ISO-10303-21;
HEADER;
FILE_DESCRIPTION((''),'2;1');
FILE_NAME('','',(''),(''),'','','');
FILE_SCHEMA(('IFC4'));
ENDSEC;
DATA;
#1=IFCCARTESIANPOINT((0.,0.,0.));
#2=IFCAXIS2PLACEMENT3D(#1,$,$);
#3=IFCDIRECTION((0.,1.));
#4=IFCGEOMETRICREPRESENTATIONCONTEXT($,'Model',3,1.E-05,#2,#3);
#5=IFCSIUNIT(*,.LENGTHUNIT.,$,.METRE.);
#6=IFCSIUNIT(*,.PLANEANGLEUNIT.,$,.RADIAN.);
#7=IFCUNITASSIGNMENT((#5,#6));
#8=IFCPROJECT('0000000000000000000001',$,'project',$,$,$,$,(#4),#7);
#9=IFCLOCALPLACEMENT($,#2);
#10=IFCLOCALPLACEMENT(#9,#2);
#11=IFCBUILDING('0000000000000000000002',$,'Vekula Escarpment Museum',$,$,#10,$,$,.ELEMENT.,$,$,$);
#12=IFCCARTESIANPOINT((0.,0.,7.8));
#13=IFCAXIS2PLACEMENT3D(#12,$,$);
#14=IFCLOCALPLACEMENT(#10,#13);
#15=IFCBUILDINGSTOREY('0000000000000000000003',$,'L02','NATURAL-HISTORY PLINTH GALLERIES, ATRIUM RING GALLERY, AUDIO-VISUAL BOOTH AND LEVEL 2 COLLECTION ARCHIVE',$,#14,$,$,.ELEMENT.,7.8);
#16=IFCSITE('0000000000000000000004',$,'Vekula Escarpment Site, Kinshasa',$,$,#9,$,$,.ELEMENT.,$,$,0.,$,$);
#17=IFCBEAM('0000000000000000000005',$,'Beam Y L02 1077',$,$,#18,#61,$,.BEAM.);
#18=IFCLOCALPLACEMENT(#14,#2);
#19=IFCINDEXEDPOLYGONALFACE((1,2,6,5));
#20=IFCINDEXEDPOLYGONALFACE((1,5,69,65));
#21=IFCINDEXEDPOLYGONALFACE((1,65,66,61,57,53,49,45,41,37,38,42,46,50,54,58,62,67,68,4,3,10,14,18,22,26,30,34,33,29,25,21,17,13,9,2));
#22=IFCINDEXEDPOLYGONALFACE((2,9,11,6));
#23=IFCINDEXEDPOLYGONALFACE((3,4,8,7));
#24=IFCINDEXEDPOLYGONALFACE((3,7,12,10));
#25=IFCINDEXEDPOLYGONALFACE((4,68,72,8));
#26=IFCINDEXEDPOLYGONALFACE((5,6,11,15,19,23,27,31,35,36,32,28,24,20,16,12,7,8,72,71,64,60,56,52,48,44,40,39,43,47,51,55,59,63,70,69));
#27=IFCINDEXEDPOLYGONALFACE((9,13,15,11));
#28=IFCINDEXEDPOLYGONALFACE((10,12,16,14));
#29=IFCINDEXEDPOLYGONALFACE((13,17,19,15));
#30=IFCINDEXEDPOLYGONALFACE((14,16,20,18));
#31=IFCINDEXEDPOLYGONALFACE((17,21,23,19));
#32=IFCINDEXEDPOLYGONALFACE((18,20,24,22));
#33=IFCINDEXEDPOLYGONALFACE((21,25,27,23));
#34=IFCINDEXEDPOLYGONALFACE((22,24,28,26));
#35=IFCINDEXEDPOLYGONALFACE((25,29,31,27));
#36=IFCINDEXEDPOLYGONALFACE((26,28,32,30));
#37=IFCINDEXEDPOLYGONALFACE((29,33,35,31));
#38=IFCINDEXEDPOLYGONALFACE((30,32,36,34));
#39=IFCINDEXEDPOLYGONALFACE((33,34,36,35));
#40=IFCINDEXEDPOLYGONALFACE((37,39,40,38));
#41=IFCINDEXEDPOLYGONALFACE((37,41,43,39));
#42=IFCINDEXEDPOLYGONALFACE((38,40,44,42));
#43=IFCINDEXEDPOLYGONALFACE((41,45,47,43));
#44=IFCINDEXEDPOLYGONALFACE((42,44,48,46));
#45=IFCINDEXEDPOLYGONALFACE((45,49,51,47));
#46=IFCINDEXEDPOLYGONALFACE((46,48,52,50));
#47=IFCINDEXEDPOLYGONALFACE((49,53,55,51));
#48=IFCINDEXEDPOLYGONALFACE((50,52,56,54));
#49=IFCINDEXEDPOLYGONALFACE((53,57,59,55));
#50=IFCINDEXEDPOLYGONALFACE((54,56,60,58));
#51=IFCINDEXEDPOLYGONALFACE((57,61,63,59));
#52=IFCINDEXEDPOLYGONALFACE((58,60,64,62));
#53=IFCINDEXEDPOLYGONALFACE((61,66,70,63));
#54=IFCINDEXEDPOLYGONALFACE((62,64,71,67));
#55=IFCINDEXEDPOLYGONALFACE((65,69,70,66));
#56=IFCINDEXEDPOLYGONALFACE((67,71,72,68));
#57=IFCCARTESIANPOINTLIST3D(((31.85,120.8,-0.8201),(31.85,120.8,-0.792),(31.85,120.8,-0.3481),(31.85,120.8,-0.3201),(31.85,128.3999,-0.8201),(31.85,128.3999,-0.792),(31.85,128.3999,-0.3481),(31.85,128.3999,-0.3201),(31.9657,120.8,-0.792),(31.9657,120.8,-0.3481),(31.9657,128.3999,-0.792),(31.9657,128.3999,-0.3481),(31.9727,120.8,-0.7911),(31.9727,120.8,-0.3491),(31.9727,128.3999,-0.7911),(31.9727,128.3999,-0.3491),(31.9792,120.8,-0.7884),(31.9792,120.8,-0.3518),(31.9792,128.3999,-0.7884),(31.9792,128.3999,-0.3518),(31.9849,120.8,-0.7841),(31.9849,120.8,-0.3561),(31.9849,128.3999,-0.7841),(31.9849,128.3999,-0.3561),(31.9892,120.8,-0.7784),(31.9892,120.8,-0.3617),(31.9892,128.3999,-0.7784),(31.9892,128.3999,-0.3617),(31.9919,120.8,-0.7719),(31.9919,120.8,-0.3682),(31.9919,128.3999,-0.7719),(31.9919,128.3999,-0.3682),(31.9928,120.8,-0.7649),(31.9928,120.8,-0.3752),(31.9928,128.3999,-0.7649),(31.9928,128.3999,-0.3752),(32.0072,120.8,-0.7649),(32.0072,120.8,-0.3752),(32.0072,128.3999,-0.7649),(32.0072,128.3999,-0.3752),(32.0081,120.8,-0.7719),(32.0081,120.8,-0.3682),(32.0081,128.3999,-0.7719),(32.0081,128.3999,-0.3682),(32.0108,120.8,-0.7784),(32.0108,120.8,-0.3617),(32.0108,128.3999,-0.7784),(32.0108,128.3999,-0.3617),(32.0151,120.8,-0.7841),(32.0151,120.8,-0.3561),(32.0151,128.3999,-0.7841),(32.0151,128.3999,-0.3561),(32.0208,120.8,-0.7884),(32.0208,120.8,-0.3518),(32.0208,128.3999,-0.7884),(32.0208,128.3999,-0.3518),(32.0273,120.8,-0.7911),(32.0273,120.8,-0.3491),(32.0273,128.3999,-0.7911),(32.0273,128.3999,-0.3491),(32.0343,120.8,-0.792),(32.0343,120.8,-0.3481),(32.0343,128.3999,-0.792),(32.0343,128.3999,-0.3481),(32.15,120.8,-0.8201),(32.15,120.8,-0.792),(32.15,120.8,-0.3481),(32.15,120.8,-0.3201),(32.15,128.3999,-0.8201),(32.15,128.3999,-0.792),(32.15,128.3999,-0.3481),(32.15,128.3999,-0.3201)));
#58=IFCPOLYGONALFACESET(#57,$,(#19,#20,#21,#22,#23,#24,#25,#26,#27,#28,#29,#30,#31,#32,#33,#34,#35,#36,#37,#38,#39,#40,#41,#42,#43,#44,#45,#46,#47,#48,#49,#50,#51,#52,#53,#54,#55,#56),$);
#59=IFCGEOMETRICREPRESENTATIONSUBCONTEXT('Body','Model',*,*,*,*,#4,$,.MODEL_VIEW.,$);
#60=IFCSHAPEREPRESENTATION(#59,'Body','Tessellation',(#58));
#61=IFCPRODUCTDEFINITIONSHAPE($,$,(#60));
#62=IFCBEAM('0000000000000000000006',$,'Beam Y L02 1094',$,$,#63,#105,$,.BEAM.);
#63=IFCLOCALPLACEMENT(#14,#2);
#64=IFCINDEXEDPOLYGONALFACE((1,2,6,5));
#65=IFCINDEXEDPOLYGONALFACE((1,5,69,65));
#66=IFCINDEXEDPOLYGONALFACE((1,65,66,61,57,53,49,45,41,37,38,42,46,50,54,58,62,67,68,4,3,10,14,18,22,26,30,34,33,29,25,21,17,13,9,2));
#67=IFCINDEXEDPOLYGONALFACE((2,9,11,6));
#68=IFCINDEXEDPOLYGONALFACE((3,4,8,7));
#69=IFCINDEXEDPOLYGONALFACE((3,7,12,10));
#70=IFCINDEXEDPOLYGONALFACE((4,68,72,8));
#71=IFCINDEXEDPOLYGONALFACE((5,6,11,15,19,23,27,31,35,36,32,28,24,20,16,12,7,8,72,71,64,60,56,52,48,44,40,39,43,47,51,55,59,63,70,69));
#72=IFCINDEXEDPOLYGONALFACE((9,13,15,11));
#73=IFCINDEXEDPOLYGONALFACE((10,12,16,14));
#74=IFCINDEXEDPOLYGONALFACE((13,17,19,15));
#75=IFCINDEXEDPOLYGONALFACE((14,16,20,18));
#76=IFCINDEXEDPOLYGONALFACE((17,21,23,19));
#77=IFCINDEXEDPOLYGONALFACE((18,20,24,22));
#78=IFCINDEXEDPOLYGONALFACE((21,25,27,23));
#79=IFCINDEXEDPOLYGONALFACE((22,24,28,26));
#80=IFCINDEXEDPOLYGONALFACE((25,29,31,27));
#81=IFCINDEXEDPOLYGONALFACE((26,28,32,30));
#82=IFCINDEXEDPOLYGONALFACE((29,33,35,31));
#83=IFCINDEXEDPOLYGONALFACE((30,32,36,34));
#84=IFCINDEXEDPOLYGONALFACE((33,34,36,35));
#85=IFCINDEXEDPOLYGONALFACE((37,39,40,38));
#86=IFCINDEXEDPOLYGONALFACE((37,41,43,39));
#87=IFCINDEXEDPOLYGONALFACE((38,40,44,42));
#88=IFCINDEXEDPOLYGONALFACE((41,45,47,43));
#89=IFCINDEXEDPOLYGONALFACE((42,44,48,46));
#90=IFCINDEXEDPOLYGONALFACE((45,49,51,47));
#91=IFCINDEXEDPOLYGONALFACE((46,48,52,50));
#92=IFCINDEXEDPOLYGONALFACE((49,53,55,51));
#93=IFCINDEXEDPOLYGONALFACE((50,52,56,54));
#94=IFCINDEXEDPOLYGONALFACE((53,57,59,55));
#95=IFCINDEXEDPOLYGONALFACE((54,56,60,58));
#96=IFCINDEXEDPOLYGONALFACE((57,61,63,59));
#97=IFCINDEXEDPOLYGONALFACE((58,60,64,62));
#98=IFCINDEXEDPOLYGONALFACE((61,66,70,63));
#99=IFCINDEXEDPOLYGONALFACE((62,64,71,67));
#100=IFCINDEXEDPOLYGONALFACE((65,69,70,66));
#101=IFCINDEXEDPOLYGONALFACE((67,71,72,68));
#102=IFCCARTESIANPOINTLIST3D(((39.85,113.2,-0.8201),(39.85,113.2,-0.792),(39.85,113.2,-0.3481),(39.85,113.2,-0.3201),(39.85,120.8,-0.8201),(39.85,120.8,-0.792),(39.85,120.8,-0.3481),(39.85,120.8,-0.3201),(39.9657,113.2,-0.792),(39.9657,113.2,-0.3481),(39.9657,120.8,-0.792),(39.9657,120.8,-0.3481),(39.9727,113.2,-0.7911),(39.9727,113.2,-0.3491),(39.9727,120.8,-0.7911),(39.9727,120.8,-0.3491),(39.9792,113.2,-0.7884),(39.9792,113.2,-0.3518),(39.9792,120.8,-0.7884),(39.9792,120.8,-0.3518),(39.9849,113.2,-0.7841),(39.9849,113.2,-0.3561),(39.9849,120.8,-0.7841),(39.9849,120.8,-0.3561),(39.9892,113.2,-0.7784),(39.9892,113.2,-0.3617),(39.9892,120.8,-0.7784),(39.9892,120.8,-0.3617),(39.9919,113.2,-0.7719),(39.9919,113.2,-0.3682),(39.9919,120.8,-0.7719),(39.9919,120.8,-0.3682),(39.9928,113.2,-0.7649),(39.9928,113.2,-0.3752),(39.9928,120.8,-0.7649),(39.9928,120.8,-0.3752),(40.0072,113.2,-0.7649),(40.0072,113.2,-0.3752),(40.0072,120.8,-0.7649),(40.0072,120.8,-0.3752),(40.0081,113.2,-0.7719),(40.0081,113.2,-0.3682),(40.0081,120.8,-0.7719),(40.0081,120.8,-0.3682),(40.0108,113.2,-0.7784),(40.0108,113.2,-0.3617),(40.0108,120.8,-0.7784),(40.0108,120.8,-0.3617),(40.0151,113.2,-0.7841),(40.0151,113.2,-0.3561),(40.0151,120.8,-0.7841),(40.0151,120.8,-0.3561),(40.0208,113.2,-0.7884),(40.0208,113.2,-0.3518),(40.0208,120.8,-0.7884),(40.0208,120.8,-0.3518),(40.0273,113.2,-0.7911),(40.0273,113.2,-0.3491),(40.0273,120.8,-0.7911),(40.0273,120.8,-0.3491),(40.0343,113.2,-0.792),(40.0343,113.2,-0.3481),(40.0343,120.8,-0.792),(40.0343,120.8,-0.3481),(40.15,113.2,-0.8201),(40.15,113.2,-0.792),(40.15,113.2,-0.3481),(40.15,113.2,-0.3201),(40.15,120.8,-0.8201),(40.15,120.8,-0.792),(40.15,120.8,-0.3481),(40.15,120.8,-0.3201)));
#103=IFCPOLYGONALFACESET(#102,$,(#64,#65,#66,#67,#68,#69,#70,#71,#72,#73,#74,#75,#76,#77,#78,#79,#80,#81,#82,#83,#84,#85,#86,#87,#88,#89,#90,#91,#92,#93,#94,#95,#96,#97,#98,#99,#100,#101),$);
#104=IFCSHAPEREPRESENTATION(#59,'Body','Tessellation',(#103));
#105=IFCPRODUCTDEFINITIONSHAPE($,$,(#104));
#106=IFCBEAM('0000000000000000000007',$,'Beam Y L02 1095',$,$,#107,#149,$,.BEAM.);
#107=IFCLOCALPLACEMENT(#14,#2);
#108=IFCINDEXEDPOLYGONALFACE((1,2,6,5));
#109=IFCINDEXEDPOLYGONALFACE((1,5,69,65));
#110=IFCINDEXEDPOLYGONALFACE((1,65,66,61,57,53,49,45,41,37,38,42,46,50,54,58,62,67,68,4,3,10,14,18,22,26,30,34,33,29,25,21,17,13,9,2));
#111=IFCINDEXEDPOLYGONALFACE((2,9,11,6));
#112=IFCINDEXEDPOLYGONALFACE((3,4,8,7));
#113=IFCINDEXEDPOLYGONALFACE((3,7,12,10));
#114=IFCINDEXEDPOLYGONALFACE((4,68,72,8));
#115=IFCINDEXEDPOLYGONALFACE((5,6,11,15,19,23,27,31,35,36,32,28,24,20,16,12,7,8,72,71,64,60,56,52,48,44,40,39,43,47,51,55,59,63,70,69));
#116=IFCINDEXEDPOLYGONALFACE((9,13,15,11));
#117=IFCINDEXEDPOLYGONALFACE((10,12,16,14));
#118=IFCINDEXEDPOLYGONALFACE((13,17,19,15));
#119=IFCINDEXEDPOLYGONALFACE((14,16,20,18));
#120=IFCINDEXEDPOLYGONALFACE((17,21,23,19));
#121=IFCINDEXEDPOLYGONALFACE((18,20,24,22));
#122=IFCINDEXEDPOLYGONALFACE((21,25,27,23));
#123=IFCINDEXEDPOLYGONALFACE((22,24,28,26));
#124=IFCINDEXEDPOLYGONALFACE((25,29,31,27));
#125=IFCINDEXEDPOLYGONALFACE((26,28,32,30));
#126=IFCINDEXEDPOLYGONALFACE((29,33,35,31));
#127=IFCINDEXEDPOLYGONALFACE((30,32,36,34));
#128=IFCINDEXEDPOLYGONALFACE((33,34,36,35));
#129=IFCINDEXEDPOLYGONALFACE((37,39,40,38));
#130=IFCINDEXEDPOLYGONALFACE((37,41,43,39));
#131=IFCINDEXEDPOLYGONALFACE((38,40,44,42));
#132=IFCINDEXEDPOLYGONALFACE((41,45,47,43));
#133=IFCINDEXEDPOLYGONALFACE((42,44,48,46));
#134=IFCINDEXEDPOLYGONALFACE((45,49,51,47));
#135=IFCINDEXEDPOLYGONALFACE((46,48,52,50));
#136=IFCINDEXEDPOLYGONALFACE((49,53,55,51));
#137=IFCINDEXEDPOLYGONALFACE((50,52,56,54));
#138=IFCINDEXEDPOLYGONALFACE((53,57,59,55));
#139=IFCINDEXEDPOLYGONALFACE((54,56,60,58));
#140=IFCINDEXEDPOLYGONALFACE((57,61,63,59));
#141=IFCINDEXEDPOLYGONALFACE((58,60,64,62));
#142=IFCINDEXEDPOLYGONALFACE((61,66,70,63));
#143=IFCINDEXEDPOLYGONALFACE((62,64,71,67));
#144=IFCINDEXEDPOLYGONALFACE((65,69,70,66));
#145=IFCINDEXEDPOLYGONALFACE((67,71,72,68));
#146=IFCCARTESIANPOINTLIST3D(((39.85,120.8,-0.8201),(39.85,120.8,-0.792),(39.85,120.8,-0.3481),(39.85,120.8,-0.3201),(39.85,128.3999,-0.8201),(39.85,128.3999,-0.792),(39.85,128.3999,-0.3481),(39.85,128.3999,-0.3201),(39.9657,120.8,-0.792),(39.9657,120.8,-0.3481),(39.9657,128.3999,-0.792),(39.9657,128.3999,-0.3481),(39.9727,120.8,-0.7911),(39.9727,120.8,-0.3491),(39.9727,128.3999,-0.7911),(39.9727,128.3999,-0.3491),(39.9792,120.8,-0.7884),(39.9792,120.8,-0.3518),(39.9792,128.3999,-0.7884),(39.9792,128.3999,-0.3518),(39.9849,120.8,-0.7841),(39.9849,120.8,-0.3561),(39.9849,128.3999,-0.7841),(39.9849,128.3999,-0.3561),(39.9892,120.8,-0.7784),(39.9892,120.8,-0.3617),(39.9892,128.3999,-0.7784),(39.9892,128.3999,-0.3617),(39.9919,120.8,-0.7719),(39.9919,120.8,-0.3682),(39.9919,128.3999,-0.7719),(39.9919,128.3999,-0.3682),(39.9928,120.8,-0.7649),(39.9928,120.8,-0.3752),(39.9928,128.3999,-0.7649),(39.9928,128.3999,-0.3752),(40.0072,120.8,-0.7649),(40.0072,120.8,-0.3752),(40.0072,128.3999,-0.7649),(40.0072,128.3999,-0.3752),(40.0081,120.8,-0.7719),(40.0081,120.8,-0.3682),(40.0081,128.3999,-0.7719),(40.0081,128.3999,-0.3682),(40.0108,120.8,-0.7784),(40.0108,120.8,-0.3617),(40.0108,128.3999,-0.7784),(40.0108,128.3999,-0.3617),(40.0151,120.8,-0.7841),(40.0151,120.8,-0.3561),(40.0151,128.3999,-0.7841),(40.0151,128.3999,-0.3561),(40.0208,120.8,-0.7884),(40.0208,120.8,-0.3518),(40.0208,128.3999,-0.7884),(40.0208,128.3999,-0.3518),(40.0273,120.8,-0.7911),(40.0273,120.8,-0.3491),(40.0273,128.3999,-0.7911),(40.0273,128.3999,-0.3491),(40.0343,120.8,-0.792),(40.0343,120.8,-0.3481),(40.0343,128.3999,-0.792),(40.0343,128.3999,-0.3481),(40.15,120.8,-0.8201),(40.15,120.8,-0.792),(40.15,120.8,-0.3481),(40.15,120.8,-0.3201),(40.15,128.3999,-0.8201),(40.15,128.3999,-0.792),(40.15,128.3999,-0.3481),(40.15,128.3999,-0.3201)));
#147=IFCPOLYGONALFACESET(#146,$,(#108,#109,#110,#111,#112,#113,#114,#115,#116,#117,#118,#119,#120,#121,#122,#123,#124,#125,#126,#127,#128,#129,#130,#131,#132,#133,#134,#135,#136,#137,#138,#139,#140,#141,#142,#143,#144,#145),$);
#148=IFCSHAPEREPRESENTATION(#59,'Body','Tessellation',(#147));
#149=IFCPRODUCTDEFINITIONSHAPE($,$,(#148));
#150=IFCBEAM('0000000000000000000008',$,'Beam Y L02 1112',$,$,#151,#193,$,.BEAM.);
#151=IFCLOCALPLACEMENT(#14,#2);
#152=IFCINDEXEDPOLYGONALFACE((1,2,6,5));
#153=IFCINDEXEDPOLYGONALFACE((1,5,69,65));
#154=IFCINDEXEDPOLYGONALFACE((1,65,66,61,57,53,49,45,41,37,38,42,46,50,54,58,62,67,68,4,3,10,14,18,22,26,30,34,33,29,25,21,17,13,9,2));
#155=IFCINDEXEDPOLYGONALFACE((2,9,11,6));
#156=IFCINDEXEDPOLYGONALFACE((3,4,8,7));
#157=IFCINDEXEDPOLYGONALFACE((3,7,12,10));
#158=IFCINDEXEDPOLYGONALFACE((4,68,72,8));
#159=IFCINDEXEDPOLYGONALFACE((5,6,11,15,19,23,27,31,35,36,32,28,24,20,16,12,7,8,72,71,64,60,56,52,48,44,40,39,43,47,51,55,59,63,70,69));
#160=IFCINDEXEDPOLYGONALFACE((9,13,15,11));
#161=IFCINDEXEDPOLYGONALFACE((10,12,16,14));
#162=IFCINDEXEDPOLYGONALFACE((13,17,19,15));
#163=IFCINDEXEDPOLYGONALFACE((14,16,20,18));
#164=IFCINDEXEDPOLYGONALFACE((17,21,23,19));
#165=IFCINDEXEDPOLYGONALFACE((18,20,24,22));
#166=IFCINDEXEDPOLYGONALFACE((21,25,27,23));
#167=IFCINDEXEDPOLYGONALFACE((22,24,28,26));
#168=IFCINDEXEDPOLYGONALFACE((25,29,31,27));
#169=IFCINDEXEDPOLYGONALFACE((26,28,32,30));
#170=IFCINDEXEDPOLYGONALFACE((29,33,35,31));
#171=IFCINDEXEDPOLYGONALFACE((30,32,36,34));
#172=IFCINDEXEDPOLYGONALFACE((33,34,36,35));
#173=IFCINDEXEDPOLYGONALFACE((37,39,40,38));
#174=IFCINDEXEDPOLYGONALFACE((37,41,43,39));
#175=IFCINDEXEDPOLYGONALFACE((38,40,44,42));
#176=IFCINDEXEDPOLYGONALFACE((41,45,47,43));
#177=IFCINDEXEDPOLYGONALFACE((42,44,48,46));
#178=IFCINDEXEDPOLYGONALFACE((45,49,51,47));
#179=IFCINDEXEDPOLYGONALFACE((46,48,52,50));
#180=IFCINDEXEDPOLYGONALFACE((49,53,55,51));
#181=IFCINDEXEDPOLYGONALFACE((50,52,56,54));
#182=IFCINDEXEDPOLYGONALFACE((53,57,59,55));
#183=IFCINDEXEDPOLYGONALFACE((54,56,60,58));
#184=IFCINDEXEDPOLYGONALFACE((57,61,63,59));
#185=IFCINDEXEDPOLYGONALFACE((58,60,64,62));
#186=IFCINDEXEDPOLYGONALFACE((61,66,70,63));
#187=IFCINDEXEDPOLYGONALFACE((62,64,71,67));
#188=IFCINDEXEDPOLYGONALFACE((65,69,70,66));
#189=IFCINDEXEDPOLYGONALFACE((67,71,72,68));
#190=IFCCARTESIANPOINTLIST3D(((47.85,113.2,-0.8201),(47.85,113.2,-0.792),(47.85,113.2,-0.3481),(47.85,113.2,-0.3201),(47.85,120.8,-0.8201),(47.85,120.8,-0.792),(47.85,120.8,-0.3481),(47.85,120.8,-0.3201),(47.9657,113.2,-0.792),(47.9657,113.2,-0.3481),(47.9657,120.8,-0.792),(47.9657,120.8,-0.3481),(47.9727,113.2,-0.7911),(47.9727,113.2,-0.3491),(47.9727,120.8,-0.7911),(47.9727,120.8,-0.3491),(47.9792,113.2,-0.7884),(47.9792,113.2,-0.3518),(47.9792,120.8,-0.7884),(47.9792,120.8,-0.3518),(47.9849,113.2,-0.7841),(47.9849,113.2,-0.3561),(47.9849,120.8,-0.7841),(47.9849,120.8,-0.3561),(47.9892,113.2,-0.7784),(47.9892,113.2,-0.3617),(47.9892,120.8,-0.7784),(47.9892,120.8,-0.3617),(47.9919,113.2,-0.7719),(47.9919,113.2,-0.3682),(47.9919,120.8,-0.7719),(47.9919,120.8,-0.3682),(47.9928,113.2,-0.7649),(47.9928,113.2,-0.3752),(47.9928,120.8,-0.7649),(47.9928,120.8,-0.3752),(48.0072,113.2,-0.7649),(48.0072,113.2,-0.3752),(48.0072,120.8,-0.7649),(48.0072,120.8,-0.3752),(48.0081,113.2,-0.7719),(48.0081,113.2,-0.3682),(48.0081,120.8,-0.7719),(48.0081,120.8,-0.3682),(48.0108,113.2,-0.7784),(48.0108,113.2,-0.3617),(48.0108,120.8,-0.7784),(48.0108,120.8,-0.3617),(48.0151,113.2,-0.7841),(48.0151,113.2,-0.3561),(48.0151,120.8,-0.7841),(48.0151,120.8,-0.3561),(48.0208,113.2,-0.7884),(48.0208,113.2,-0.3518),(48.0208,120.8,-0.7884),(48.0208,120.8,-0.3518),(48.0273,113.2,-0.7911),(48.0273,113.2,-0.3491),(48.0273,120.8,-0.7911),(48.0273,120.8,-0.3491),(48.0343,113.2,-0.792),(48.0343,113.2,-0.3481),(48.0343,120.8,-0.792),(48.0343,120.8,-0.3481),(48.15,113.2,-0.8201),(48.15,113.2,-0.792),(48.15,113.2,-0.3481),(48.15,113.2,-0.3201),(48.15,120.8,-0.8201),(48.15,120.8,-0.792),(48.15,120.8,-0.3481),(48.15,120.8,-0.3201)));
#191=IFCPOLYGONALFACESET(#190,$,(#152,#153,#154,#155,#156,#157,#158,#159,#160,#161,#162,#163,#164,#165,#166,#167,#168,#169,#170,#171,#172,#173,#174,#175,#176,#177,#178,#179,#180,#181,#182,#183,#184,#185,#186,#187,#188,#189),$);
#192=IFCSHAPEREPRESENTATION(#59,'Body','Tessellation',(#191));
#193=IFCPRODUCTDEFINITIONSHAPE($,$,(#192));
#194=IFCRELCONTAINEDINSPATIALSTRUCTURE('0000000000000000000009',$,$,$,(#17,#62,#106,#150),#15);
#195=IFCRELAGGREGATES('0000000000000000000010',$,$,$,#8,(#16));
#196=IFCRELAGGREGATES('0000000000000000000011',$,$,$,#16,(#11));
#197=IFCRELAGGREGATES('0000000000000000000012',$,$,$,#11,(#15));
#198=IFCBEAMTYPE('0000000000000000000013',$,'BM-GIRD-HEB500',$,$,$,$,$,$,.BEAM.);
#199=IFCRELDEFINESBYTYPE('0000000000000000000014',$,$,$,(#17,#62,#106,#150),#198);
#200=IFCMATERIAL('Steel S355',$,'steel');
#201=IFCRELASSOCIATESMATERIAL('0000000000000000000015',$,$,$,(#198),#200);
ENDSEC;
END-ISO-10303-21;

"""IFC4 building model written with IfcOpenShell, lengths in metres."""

from ifc_helpers import new_model, si_unit, direction, frame, origin, origin_2d, place, context, subcontext, project, spatial, i_section, extrude, material, material_profile, profile_set, type_object, element, save


model = new_model("IFC4")

# Units and contexts
model_context = context("Model", 3, precision=1e-05, world=origin(), true_north=direction((0.0, 1.0)))
body_context = subcontext(model_context, "Body", "Model", "MODEL_VIEW")
ifc_project = project(units=[si_unit("LENGTHUNIT", "METRE"), si_unit("PLANEANGLEUNIT", "RADIAN")], contexts=[model_context])

# Site, building, storey
site_placement = place(None, origin())
site = spatial("IfcSite", under=ifc_project, at=site_placement, Name="Vekula Escarpment Site, Kinshasa", CompositionType="ELEMENT", RefElevation=0.0)
building_placement = place(site_placement, origin())
building = spatial("IfcBuilding", under=site, at=building_placement, Name="Vekula Escarpment Museum", CompositionType="ELEMENT")
storey_placement = place(building_placement, frame((0.0, 0.0, 7.8)))
storey = spatial("IfcBuildingStorey", under=building, at=storey_placement, Name="L02", Description="NATURAL-HISTORY PLINTH GALLERIES, ATRIUM RING GALLERY, AUDIO-VISUAL BOOTH AND LEVEL 2 COLLECTION ARCHIVE", CompositionType="ELEMENT", Elevation=7.8)

# Beams
ifc_material_1 = material(Name="Steel S355", Category="steel")
ifc_material_profile_1 = material_profile(ifc_material_1, i_section(OverallWidth=0.3, OverallDepth=0.5, WebThickness=0.0144, FlangeThickness=0.0281, FilletRadius=0.0271, at=origin_2d()), Name="HEB 500")
ifc_profile_set_1 = profile_set([ifc_material_profile_1], Name="Steel S355")
beam_type_1 = type_object("IfcBeamType", Name="BM-GIRD-HEB500", PredefinedType="BEAM", material=ifc_profile_set_1)
beam_1_placement = place(storey_placement, frame((32.0, 120.8, -0.5701), z_axis=(0.0, 1.0, 0.0), x_axis=(-1.0, 0.0, 0.0)))
element("IfcBeam", 1, at=beam_1_placement, inside=storey, type_object=beam_type_1, Name="Beam Y L02 1077", PredefinedType="BEAM", context=body_context, shape_type="SweptSolid", body=[
    extrude(i_section(OverallWidth=0.3, OverallDepth=0.5, WebThickness=0.0144, FlangeThickness=0.0281, FilletRadius=0.0271, at=origin_2d()), origin(), (0.0, 0.0, 1.0), 7.5999),
])
beam_2_placement = place(storey_placement, frame((40.0, 113.2, -0.5701), z_axis=(0.0, 1.0, 0.0), x_axis=(-1.0, 0.0, 0.0)))
element("IfcBeam", 2, at=beam_2_placement, inside=storey, type_object=beam_type_1, Name="Beam Y L02 1094", PredefinedType="BEAM", context=body_context, shape_type="SweptSolid", body=[
    extrude(i_section(OverallWidth=0.3, OverallDepth=0.5, WebThickness=0.0144, FlangeThickness=0.0281, FilletRadius=0.0271, at=origin_2d()), origin(), (0.0, 0.0, 1.0), 7.6001),
])
beam_3_placement = place(storey_placement, frame((40.0, 120.8, -0.5701), z_axis=(0.0, 1.0, 0.0), x_axis=(-1.0, 0.0, 0.0)))
element("IfcBeam", 3, at=beam_3_placement, inside=storey, type_object=beam_type_1, Name="Beam Y L02 1095", PredefinedType="BEAM", context=body_context, shape_type="SweptSolid", body=[
    extrude(i_section(OverallWidth=0.3, OverallDepth=0.5, WebThickness=0.0144, FlangeThickness=0.0281, FilletRadius=0.0271, at=origin_2d()), origin(), (0.0, 0.0, 1.0), 7.5999),
])
beam_4_placement = place(storey_placement, frame((48.0, 113.2, -0.5701), z_axis=(0.0, 1.0, 0.0), x_axis=(-1.0, 0.0, 0.0)))
element("IfcBeam", 4, at=beam_4_placement, inside=storey, type_object=beam_type_1, Name="Beam Y L02 1112", PredefinedType="BEAM", context=body_context, shape_type="SweptSolid", body=[
    extrude(i_section(OverallWidth=0.3, OverallDepth=0.5, WebThickness=0.0144, FlangeThickness=0.0281, FilletRadius=0.0271, at=origin_2d()), origin(), (0.0, 0.0, 1.0), 7.6001),
])

save(model, "model.ifc")
